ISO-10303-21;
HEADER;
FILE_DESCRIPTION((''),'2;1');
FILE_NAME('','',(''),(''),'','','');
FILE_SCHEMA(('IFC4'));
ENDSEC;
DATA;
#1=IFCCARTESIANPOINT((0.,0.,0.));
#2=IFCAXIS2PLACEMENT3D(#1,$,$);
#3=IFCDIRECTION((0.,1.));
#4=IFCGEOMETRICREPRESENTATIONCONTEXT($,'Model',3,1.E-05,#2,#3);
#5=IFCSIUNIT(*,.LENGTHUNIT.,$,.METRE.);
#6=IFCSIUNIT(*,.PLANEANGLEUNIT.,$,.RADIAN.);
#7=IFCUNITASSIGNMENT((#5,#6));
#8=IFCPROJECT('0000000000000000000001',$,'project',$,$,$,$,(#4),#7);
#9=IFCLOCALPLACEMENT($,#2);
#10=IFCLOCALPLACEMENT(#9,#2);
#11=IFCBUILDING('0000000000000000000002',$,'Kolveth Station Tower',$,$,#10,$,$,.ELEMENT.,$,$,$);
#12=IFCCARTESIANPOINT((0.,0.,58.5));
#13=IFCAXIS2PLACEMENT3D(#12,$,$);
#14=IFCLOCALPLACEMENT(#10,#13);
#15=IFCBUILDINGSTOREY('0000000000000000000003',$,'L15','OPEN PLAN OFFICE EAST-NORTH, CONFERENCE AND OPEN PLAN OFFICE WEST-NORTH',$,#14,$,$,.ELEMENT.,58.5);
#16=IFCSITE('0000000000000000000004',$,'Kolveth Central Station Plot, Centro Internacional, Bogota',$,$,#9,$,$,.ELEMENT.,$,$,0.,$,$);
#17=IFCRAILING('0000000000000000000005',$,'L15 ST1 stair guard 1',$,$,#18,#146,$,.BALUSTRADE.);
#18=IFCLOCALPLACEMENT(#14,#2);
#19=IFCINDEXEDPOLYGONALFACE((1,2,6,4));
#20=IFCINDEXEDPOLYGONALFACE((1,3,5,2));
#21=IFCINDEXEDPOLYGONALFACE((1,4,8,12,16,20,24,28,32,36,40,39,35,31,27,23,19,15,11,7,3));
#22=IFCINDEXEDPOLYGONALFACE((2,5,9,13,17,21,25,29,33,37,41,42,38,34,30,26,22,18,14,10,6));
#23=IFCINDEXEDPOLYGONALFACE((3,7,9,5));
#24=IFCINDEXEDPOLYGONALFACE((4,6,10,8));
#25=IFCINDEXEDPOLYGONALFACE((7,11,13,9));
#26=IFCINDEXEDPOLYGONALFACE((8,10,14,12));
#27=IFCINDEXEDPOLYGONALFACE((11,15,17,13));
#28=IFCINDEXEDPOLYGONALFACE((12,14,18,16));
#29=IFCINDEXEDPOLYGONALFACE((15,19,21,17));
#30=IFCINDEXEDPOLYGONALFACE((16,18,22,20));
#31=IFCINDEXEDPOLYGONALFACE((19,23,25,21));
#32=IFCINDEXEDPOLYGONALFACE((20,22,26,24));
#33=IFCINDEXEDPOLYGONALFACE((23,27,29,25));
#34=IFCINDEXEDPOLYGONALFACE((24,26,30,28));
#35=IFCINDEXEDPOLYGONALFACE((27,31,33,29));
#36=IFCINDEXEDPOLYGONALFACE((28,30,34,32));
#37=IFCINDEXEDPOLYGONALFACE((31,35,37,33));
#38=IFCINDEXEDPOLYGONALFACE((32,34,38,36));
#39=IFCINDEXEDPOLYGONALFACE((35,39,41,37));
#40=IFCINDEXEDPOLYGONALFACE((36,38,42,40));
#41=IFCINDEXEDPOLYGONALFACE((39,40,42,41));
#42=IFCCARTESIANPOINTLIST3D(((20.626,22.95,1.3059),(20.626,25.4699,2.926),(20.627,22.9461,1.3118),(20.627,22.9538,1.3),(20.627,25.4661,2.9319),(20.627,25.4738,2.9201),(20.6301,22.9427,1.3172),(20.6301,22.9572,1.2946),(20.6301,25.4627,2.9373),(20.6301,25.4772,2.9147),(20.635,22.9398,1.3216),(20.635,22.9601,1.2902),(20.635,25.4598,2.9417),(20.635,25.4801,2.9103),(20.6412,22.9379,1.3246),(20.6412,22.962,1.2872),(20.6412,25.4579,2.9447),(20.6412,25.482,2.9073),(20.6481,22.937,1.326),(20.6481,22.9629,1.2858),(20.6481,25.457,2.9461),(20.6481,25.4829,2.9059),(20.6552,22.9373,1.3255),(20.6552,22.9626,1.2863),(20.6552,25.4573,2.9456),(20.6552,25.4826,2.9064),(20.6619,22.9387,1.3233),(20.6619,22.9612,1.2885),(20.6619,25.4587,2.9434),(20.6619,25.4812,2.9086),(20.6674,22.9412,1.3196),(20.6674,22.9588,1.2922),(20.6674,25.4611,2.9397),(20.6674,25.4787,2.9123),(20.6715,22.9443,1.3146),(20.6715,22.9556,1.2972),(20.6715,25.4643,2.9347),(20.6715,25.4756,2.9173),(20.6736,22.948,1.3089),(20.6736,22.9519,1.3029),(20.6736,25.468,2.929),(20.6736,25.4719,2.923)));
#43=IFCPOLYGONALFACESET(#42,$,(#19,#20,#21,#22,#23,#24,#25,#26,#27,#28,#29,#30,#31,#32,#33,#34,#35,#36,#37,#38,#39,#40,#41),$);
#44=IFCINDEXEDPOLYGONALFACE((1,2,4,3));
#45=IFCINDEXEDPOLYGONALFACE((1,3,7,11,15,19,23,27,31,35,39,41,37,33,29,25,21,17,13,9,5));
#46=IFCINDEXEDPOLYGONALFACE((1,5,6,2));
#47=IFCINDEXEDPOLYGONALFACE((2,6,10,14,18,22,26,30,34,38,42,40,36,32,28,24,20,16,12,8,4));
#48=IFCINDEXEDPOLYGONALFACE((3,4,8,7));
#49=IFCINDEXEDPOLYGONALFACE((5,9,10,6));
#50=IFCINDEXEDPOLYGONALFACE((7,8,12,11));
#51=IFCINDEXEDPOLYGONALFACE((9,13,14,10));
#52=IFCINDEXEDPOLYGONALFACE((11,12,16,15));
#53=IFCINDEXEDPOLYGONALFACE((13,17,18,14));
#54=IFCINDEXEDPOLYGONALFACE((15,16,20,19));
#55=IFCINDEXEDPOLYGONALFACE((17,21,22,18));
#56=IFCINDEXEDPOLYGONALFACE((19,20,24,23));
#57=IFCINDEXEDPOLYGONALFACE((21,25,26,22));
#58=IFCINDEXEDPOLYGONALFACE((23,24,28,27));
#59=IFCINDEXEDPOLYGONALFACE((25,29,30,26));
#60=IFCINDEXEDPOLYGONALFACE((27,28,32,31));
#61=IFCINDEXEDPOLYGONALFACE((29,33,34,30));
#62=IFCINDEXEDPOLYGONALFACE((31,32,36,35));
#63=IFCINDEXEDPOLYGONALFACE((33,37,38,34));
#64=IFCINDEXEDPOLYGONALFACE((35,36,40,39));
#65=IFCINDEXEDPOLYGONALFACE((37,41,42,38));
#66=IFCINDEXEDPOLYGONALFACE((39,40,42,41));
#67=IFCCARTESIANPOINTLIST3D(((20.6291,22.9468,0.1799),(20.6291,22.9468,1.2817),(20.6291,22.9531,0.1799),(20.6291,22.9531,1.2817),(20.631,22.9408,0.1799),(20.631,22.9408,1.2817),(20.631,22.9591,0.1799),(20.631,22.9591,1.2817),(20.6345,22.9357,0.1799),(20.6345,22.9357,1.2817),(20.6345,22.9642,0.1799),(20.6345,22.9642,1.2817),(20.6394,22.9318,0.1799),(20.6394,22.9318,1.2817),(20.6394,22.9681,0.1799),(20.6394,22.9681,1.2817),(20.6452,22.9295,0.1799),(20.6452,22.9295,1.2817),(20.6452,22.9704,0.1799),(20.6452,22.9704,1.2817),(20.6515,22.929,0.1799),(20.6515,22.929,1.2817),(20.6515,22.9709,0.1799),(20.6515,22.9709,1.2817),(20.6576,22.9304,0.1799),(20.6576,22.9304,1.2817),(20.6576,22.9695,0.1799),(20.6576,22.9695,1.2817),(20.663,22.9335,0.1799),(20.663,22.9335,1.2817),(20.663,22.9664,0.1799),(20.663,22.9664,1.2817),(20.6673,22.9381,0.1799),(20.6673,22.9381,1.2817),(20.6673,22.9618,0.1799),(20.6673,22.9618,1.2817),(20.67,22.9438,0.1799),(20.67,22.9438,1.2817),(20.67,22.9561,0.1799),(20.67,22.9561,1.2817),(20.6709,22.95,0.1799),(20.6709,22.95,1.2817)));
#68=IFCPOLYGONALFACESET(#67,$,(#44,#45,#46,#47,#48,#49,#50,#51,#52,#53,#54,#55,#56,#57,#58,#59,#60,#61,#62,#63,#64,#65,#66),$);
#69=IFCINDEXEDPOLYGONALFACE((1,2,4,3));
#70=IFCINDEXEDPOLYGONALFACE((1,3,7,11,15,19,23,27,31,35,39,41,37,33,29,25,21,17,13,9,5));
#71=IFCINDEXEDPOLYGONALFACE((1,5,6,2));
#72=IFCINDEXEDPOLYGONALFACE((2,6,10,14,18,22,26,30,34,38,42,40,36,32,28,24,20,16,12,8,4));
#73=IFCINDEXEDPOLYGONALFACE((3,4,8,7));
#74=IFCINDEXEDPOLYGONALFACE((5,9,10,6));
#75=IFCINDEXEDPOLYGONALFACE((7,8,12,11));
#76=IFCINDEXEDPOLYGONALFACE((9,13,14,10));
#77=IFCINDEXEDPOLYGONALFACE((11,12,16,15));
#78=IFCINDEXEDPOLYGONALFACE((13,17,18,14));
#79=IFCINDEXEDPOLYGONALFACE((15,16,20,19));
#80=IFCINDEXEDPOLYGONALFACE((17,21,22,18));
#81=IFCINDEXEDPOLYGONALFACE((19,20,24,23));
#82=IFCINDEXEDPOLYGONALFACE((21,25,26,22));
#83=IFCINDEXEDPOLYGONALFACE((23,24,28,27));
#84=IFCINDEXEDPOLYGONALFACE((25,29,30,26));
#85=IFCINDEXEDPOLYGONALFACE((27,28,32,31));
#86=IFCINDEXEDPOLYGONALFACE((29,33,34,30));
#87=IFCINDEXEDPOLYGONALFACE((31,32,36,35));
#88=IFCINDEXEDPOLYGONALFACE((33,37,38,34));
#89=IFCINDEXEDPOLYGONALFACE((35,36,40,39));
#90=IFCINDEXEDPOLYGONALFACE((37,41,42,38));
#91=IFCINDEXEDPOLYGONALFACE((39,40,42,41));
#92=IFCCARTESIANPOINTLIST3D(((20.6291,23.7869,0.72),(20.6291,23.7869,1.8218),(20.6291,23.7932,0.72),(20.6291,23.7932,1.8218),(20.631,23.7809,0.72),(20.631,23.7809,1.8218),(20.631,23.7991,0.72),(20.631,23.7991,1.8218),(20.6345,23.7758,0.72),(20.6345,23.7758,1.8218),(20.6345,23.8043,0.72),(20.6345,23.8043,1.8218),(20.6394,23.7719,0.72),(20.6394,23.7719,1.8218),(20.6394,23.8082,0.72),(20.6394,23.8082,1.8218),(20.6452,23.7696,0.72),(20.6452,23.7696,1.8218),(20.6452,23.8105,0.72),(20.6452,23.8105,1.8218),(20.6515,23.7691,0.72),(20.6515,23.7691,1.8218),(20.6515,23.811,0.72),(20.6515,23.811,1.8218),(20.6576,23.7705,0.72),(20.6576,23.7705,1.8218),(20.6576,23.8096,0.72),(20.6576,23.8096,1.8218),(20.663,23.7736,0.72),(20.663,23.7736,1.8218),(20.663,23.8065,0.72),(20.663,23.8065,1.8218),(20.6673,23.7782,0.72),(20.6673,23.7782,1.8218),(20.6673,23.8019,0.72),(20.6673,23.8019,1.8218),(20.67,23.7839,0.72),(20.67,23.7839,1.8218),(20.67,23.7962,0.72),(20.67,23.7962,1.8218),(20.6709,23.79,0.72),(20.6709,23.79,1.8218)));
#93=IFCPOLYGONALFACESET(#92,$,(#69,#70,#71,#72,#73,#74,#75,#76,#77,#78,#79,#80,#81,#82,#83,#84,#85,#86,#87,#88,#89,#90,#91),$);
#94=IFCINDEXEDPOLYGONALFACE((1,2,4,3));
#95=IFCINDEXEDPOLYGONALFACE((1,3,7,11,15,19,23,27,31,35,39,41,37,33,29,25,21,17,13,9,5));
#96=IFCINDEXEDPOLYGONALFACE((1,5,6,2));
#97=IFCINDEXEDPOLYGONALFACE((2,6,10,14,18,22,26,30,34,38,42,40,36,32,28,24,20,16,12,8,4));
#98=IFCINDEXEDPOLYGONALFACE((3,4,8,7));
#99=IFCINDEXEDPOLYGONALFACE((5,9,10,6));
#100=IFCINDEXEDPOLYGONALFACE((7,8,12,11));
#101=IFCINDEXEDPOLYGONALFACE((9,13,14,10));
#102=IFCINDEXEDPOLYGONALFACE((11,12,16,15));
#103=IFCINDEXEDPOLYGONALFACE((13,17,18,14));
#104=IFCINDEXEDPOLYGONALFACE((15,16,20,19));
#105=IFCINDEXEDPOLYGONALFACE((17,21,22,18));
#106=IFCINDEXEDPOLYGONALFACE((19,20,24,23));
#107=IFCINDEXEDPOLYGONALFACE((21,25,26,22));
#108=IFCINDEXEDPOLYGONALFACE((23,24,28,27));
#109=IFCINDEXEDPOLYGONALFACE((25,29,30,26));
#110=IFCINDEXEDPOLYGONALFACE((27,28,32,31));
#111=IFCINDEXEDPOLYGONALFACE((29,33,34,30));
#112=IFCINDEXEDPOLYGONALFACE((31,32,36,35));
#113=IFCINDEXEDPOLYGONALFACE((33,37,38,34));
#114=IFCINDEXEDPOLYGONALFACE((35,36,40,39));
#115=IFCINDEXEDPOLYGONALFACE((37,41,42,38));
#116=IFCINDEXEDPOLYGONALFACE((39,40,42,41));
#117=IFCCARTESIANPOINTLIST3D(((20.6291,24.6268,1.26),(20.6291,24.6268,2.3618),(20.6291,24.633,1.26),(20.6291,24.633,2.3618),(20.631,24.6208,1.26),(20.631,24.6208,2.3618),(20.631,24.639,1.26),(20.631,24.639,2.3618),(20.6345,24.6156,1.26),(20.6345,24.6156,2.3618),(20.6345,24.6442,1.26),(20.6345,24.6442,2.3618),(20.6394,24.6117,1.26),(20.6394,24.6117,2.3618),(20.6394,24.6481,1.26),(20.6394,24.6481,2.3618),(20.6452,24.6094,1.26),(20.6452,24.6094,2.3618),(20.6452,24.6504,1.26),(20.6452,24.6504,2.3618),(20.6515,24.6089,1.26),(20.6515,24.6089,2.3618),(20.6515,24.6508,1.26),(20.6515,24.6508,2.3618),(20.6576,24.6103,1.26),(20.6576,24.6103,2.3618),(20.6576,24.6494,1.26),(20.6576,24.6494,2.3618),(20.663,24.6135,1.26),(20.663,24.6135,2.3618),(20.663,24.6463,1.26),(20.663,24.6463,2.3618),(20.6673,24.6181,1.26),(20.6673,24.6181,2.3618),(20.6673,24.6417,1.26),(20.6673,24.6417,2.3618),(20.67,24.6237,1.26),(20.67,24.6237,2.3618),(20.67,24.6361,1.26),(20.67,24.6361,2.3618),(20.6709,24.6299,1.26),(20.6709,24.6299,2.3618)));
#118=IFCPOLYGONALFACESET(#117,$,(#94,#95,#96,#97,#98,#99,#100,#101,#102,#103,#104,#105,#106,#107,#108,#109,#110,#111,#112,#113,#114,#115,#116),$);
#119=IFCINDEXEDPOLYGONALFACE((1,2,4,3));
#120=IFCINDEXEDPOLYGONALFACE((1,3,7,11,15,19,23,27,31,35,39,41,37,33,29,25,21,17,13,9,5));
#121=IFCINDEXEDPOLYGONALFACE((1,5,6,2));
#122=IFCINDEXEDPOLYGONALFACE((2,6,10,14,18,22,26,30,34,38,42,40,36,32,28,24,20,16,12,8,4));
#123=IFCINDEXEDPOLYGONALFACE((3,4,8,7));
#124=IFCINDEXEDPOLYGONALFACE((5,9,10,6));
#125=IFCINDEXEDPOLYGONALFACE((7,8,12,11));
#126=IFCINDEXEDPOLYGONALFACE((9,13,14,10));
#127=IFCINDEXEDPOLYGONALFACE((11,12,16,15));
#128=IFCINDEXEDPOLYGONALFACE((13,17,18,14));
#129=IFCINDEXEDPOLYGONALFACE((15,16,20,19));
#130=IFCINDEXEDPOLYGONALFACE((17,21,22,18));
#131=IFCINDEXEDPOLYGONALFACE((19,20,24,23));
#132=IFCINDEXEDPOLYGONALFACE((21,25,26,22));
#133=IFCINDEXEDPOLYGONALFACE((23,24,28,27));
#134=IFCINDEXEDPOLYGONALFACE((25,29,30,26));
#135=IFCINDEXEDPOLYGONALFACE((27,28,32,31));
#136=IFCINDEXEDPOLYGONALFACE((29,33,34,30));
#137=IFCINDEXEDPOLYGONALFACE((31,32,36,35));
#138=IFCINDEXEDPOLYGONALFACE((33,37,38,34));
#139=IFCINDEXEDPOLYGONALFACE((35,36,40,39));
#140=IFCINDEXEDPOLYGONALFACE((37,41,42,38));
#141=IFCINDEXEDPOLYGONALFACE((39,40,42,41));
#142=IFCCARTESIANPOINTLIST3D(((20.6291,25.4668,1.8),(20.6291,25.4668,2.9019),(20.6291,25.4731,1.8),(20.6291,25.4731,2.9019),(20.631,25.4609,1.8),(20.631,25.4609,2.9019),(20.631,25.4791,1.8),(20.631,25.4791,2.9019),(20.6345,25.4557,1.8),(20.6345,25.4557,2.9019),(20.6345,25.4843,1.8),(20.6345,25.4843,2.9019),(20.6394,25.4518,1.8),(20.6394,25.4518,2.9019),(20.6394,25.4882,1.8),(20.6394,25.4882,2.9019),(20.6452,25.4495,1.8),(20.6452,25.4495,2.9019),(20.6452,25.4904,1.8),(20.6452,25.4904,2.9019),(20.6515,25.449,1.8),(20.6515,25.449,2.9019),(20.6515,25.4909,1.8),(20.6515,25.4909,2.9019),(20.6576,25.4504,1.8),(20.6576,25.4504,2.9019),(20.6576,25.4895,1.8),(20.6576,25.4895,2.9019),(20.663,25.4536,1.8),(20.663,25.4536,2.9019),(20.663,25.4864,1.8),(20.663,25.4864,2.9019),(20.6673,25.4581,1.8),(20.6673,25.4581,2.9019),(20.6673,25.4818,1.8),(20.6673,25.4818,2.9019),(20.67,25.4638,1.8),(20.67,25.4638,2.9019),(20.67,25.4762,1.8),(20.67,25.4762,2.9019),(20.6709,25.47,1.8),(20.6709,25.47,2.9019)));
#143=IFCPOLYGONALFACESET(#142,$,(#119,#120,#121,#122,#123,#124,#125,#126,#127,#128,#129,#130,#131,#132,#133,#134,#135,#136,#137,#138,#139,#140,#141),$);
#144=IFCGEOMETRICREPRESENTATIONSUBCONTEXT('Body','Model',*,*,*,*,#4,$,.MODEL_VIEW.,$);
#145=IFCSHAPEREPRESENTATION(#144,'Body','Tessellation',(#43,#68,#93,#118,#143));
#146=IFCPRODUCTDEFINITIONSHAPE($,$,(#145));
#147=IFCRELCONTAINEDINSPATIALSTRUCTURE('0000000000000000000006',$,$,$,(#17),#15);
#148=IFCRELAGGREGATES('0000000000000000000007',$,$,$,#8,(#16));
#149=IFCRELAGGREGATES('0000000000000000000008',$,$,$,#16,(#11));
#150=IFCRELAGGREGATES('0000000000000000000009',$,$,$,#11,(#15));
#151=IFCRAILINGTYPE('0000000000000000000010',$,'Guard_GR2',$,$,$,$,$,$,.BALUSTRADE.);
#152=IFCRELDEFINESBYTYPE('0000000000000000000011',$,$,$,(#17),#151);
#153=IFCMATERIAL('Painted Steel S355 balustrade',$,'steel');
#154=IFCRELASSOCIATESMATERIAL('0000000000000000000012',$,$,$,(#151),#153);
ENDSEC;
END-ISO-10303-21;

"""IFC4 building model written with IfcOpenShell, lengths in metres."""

from ifc_helpers import new_model, si_unit, direction, frame, origin, origin_2d, place, context, subcontext, project, spatial, circle, extrude, material, type_object, element, save


model = new_model("IFC4")

# Units and contexts
model_context = context("Model", 3, precision=1e-05, world=origin(), true_north=direction((0.0, 1.0)))
body_context = subcontext(model_context, "Body", "Model", "MODEL_VIEW")
ifc_project = project(units=[si_unit("LENGTHUNIT", "METRE"), si_unit("PLANEANGLEUNIT", "RADIAN")], contexts=[model_context])

# Site, building, storey
site_placement = place(None, origin())
site = spatial("IfcSite", under=ifc_project, at=site_placement, Name="Kolveth Central Station Plot, Centro Internacional, Bogota", CompositionType="ELEMENT", RefElevation=0.0)
building_placement = place(site_placement, origin())
building = spatial("IfcBuilding", under=site, at=building_placement, Name="Kolveth Station Tower", CompositionType="ELEMENT")
storey_placement = place(building_placement, frame((0.0, 0.0, 58.5)))
storey = spatial("IfcBuildingStorey", under=building, at=storey_placement, Name="L15", Description="OPEN PLAN OFFICE EAST-NORTH, CONFERENCE AND OPEN PLAN OFFICE WEST-NORTH", CompositionType="ELEMENT", Elevation=58.5)

# Railing
ifc_material_1 = material(Name="Painted Steel S355 balustrade", Category="steel")
railing_type_1 = type_object("IfcRailingType", Name="Guard_GR2", PredefinedType="BALUSTRADE", material=ifc_material_1)
railing_1_placement = place(storey_placement, frame((20.6499, 22.95, 0.1799)))
element("IfcRailing", 1, at=railing_1_placement, inside=storey, type_object=railing_type_1, Name="L15 ST1 stair guard 1", PredefinedType="BALUSTRADE", context=body_context, shape_type="SweptSolid", body=[
    extrude(circle(Radius=0.0239, at=origin_2d()), frame((0.0, 0.0, 1.126), z_axis=(0.0, 0.841163, 0.540782), x_axis=(-1.0, 0.0, 0.0)), (0.0, 0.0, 1.0), 2.9958),
    extrude(circle(Radius=0.021, at=origin_2d()), origin(), (0.0, 0.0, 1.0), 1.1018),
    extrude(circle(Radius=0.021, at=origin_2d()), frame((0.0, 0.8401, 0.54)), (0.0, 0.0, 1.0), 1.1018),
    extrude(circle(Radius=0.021, at=origin_2d()), frame((0.0, 1.6799, 1.0801)), (0.0, 0.0, 1.0), 1.1018),
    extrude(circle(Radius=0.021, at=origin_2d()), frame((0.0, 2.52, 1.6201)), (0.0, 0.0, 1.0), 1.1018),
])

save(model, "model.ifc")
